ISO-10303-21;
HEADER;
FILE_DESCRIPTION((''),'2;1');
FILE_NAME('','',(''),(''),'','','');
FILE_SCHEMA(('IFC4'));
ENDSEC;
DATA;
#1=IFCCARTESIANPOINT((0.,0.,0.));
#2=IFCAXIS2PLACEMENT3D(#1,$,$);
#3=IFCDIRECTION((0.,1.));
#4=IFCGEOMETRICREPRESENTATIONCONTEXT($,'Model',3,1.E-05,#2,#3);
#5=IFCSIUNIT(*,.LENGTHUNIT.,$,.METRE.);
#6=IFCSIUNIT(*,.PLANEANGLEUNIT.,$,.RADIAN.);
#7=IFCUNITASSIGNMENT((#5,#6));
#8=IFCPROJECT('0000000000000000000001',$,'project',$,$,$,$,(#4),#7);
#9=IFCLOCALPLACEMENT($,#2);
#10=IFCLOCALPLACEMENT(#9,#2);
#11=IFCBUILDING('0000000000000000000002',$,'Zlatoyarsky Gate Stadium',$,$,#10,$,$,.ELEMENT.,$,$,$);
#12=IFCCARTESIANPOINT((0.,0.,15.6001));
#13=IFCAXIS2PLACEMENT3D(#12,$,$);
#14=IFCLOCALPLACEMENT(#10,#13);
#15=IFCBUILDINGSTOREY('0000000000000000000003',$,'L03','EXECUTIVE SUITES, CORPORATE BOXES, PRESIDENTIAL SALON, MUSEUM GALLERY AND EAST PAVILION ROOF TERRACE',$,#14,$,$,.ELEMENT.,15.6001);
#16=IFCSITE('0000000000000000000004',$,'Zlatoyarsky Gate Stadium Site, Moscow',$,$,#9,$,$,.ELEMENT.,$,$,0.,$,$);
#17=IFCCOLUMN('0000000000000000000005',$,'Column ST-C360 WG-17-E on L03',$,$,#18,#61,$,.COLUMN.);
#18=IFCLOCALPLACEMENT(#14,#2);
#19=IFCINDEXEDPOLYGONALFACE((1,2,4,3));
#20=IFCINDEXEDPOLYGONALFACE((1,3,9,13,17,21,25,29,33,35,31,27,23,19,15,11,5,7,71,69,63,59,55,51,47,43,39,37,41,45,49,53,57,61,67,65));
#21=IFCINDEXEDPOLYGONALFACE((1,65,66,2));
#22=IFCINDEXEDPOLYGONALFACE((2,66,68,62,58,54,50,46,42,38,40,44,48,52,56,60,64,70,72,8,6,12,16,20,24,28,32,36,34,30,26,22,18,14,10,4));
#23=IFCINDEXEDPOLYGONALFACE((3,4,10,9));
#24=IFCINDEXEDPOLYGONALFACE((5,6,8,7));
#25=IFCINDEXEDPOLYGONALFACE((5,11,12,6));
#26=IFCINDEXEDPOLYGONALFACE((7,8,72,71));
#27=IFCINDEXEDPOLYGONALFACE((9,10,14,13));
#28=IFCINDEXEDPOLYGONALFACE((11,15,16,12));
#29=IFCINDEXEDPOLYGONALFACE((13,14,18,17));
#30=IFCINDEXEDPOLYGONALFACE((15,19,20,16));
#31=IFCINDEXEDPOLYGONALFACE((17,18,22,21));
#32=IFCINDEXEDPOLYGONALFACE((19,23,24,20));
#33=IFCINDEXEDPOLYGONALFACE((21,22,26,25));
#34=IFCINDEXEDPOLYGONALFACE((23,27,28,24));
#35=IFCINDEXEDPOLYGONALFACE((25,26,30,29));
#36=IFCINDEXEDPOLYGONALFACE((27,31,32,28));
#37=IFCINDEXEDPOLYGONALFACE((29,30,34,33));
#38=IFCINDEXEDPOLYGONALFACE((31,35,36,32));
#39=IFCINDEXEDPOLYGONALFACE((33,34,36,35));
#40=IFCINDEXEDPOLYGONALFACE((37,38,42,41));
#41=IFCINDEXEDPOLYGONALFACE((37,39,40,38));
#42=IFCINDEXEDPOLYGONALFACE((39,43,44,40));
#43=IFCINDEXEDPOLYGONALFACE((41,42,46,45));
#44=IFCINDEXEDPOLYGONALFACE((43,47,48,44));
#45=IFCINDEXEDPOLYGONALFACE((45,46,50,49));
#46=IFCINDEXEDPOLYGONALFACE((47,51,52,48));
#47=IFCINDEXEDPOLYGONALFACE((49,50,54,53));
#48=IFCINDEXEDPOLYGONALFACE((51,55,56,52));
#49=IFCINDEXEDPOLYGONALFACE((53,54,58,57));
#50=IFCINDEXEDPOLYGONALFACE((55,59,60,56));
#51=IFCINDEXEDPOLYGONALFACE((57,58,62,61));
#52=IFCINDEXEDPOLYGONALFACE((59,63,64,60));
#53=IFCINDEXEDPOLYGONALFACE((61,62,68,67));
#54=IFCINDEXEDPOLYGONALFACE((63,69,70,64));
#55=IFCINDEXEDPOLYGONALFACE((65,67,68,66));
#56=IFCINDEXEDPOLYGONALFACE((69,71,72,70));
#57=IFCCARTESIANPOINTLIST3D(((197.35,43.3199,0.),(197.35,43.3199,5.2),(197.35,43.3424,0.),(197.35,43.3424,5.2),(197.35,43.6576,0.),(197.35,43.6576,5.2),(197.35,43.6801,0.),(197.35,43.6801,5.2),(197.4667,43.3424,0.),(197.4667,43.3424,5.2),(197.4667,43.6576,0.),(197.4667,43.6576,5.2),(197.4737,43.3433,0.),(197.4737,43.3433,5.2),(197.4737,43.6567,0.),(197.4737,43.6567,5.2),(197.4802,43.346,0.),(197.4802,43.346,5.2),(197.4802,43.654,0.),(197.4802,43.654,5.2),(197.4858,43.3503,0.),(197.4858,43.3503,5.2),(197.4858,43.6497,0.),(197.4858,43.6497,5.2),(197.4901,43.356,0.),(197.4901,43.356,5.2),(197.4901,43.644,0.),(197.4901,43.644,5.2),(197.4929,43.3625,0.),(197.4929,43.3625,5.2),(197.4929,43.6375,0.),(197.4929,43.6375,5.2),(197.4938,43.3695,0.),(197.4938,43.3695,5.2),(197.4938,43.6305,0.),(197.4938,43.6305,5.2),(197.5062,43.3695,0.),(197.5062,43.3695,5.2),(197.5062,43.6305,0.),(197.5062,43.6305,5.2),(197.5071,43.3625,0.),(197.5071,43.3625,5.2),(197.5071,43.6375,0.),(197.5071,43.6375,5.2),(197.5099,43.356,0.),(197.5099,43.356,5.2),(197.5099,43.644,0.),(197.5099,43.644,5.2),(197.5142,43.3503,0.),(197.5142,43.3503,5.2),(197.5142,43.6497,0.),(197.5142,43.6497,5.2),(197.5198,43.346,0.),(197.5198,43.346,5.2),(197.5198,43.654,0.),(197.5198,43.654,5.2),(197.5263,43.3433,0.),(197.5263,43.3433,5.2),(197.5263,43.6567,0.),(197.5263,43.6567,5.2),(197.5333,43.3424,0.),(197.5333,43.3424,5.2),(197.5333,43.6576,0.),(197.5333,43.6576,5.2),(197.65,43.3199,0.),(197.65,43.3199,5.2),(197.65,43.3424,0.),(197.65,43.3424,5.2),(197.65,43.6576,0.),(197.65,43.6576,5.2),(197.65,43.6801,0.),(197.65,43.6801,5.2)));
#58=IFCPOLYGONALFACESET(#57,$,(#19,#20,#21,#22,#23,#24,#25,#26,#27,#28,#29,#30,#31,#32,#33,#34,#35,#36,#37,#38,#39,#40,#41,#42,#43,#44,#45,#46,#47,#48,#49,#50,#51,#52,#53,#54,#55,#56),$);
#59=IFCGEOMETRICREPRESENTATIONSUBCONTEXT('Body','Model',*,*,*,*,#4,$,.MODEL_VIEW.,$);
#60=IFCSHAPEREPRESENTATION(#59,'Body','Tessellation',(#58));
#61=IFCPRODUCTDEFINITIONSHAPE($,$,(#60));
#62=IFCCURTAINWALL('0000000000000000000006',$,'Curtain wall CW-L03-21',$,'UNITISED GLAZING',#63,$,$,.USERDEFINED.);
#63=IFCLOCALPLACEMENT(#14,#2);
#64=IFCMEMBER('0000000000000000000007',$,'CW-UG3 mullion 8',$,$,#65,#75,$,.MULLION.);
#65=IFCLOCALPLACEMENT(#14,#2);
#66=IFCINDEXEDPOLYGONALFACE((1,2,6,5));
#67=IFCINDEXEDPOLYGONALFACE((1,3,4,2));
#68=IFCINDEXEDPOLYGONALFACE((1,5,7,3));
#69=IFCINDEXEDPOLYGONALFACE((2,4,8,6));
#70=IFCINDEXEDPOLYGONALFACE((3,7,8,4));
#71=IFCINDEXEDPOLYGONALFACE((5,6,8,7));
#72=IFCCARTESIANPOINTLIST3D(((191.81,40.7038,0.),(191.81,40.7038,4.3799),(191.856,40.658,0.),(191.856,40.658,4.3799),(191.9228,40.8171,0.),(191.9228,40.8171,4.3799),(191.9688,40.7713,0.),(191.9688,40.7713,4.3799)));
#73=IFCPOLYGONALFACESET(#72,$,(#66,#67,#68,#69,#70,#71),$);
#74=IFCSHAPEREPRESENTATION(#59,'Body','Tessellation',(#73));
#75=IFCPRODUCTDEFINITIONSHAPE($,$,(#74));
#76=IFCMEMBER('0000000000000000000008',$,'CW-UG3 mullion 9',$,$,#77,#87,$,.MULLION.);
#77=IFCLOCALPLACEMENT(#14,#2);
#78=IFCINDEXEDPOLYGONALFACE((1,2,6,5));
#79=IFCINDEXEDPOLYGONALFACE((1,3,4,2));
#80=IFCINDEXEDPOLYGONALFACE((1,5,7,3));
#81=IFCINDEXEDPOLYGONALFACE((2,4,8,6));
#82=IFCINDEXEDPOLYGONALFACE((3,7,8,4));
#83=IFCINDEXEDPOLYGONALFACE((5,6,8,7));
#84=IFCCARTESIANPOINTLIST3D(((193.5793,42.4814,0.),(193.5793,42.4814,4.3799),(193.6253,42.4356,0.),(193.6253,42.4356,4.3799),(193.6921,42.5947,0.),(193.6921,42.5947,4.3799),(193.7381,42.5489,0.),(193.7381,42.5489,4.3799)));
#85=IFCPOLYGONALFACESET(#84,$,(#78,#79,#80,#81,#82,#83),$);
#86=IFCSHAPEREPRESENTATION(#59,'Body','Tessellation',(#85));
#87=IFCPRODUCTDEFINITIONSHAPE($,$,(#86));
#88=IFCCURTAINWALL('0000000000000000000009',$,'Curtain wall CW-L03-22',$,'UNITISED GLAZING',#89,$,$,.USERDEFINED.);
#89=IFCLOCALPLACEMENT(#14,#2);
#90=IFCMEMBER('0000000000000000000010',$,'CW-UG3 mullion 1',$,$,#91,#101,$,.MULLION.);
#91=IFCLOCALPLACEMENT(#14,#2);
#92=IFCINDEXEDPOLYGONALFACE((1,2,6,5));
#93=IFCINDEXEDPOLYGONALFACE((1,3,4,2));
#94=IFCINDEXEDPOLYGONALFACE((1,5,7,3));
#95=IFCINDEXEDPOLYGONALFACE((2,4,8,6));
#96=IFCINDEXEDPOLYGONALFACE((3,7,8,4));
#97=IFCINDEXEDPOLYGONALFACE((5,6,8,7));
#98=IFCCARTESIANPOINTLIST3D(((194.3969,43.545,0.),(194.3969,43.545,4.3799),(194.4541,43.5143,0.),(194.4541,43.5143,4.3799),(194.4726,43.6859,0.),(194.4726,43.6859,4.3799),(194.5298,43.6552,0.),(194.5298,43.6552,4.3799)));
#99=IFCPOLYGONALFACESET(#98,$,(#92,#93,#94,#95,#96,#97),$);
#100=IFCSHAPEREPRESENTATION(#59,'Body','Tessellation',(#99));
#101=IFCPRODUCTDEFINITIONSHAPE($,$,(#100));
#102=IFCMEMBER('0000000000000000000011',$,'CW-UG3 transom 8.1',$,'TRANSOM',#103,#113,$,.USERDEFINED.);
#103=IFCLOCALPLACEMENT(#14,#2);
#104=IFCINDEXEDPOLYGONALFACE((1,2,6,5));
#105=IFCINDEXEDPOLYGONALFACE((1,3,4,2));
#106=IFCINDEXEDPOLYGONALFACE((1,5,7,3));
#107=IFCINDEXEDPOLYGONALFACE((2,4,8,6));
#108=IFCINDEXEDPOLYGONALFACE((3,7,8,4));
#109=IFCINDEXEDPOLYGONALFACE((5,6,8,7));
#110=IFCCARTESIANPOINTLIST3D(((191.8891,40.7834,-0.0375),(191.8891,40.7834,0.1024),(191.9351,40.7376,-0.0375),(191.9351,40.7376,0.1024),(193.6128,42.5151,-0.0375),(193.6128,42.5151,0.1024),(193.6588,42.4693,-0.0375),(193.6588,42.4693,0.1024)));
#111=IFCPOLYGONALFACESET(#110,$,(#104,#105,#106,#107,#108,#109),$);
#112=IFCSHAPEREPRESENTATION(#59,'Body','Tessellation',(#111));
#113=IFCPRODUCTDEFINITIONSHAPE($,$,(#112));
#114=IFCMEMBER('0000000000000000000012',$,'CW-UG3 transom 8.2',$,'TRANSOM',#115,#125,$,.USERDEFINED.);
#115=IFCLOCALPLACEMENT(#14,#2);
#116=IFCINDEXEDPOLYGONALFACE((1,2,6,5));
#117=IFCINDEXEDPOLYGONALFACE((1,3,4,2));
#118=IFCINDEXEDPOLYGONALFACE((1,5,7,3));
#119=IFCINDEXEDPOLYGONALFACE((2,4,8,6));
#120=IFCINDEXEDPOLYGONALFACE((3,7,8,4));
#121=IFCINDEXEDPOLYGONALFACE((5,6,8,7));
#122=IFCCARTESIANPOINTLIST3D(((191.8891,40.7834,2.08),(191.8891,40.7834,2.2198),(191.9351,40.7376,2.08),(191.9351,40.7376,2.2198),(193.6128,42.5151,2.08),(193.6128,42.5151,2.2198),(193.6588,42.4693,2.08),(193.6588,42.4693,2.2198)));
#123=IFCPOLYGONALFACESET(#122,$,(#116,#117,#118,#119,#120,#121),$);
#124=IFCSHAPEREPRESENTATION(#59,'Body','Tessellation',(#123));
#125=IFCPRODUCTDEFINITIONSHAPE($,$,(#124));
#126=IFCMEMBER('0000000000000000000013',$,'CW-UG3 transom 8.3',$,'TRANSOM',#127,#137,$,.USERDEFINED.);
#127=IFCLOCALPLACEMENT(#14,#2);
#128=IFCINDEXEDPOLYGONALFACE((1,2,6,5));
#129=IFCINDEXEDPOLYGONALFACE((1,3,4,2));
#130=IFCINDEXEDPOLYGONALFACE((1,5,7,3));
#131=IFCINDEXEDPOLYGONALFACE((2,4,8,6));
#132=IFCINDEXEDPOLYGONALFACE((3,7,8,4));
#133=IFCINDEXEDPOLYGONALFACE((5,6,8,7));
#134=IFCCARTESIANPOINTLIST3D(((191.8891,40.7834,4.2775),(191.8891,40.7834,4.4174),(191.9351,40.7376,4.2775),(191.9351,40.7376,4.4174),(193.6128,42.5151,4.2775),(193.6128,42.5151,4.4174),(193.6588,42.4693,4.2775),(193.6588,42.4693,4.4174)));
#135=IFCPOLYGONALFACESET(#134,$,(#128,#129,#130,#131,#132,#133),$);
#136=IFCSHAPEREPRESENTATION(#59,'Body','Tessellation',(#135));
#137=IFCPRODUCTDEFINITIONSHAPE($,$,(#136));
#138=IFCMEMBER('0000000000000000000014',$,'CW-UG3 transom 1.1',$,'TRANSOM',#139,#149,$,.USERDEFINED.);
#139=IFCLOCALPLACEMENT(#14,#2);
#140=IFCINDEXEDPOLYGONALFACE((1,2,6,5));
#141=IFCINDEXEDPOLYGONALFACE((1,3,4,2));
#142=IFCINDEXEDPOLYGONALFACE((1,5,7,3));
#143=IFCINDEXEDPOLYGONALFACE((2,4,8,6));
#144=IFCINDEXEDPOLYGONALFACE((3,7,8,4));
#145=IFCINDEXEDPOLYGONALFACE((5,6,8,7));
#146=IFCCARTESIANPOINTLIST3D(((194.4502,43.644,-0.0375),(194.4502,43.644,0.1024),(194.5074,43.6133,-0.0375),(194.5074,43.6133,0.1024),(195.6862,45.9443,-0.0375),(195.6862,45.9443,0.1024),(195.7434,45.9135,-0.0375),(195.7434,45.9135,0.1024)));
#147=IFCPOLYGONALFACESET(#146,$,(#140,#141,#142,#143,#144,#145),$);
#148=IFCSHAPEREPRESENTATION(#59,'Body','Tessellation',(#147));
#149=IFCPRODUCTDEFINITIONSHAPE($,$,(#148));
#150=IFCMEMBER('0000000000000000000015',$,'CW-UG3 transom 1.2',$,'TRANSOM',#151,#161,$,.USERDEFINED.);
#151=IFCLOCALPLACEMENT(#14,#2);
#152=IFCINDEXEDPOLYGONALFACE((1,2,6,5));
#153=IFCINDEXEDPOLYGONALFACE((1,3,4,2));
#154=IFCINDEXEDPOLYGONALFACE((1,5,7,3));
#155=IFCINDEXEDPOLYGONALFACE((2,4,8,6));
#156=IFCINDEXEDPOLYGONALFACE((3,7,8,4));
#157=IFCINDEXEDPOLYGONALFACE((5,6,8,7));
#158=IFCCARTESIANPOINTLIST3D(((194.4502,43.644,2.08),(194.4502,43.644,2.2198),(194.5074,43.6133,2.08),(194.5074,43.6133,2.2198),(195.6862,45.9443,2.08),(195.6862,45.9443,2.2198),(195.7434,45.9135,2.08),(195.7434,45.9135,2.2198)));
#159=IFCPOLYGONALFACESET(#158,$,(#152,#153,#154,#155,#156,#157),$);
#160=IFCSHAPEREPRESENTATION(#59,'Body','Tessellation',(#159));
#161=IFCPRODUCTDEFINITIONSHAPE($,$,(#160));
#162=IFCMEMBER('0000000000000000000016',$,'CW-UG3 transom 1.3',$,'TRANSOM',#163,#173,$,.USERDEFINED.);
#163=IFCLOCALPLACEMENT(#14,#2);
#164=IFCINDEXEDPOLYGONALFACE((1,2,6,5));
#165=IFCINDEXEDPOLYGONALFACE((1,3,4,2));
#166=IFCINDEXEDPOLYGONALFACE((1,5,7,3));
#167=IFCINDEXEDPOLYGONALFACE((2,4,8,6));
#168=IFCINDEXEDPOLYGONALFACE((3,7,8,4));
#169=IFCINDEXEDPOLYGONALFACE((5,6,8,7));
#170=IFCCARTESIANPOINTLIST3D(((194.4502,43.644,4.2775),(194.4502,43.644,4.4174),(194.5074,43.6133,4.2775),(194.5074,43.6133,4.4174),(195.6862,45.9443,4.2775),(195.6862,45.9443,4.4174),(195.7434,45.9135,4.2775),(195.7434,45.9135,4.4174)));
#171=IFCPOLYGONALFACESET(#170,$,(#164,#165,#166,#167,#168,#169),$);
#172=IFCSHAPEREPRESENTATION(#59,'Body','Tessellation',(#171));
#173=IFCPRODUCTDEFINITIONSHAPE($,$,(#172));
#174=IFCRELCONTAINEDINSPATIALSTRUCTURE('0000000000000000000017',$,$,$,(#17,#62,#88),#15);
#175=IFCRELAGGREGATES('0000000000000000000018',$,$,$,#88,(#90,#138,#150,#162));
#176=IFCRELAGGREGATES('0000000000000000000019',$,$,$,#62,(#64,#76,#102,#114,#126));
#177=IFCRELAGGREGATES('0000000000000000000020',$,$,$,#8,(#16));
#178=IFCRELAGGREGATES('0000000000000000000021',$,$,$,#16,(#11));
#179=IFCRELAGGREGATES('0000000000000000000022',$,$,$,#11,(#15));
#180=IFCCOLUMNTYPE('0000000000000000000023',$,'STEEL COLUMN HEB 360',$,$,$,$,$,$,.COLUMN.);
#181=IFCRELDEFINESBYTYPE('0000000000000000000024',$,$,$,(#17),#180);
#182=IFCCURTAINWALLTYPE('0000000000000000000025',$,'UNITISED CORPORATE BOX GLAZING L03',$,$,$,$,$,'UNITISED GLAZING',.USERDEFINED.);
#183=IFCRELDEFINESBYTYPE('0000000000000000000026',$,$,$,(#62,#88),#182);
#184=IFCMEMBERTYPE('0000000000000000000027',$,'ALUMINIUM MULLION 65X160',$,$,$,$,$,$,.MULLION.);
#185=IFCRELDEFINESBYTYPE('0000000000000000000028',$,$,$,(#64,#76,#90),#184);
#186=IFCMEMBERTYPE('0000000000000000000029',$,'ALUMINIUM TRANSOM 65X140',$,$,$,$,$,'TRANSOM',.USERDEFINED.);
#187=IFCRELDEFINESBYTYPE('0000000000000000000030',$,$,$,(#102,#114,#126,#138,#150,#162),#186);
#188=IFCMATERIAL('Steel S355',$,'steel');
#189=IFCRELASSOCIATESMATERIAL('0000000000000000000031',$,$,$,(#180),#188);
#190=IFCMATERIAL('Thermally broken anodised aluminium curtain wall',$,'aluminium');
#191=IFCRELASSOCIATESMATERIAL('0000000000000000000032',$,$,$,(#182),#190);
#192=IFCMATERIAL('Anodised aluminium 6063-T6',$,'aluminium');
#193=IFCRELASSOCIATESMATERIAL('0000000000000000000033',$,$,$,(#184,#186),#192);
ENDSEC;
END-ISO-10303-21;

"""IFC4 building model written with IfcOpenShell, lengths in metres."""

from ifc_helpers import new_model, si_unit, direction, frame, origin, origin_2d, place, context, subcontext, project, spatial, rectangle, i_section, extrude, material, material_profile, profile_set, type_object, element, aggregate, save


model = new_model("IFC4")

# Units and contexts
model_context = context("Model", 3, precision=1e-05, world=origin(), true_north=direction((0.0, 1.0)))
body_context = subcontext(model_context, "Body", "Model", "MODEL_VIEW")
ifc_project = project(units=[si_unit("LENGTHUNIT", "METRE"), si_unit("PLANEANGLEUNIT", "RADIAN")], contexts=[model_context])

# Site, building, storey
site_placement = place(None, origin())
site = spatial("IfcSite", under=ifc_project, at=site_placement, Name="Zlatoyarsky Gate Stadium Site, Moscow", CompositionType="ELEMENT", RefElevation=0.0)
building_placement = place(site_placement, origin())
building = spatial("IfcBuilding", under=site, at=building_placement, Name="Zlatoyarsky Gate Stadium", CompositionType="ELEMENT")
storey_placement = place(building_placement, frame((0.0, 0.0, 15.6001)))
storey = spatial("IfcBuildingStorey", under=building, at=storey_placement, Name="L03", Description="EXECUTIVE SUITES, CORPORATE BOXES, PRESIDENTIAL SALON, MUSEUM GALLERY AND EAST PAVILION ROOF TERRACE", CompositionType="ELEMENT", Elevation=15.6001)

# Column
ifc_material_1 = material(Name="Steel S355", Category="steel")
ifc_material_profile_1 = material_profile(ifc_material_1, i_section(OverallWidth=0.3, OverallDepth=0.3601, WebThickness=0.0125, FlangeThickness=0.0225, FilletRadius=0.0271, at=origin_2d()), Name="HEB 360")
ifc_profile_set_1 = profile_set([ifc_material_profile_1], Name="Steel S355")
column_type = type_object("IfcColumnType", Name="STEEL COLUMN HEB 360", PredefinedType="COLUMN", material=ifc_profile_set_1)
column_placement = place(storey_placement, frame((197.5, 43.5, 0.0), z_axis=(0.0, 0.0, 1.0), x_axis=(1.0, 0.0, 0.0)))
element("IfcColumn", 1, at=column_placement, inside=storey, type_object=column_type, Name="Column ST-C360 WG-17-E on L03", PredefinedType="COLUMN", context=body_context, shape_type="SweptSolid", body=[
    extrude(i_section(OverallWidth=0.3, OverallDepth=0.3601, WebThickness=0.0125, FlangeThickness=0.0225, FilletRadius=0.0271, at=origin_2d()), origin(), (0.0, 0.0, 1.0), 5.2),
])

# Curtain wall, members
ifc_material_2 = material(Name="Thermally broken anodised aluminium curtain wall", Category="aluminium")
curtain_wall_type = type_object("IfcCurtainWallType", Name="UNITISED CORPORATE BOX GLAZING L03", ElementType="UNITISED GLAZING", PredefinedType="USERDEFINED", material=ifc_material_2)
curtain_wall_1_placement = place(storey_placement, origin())
curtain_wall_1 = element("IfcCurtainWall", 2, at=curtain_wall_1_placement, inside=storey, type_object=curtain_wall_type, Name="Curtain wall CW-L03-21", ObjectType="UNITISED GLAZING", PredefinedType="USERDEFINED")
ifc_material_3 = material(Name="Anodised aluminium 6063-T6", Category="aluminium")
ifc_material_profile_2 = material_profile(ifc_material_3, rectangle(XDim=0.0649, YDim=0.1599, at=origin_2d()), Name="ALU 65X160")
ifc_profile_set_2 = profile_set([ifc_material_profile_2], Name="Anodised aluminium 6063-T6")
member_type_1 = type_object("IfcMemberType", Name="ALUMINIUM MULLION 65X160", PredefinedType="MULLION", material=ifc_profile_set_2)
member_1_placement = place(storey_placement, frame((191.8894, 40.7375, 0.0), z_axis=(0.0, 0.0, 1.0), x_axis=(-0.708721, 0.705489, 0.0)))
member_1 = element("IfcMember", 3, at=member_1_placement, type_object=member_type_1, Name="CW-UG3 mullion 8", PredefinedType="MULLION", context=body_context, shape_type="SweptSolid", body=[
    extrude(rectangle(XDim=0.0649, YDim=0.1599, at=origin_2d()), origin(), (0.0, 0.0, 1.0), 4.3799),
])
member_2_placement = place(storey_placement, frame((193.6587, 42.5151, 0.0), z_axis=(0.0, 0.0, 1.0), x_axis=(-0.708721, 0.705489, 0.0)))
member_2 = element("IfcMember", 4, at=member_2_placement, type_object=member_type_1, Name="CW-UG3 mullion 9", PredefinedType="MULLION", context=body_context, shape_type="SweptSolid", body=[
    extrude(rectangle(XDim=0.0649, YDim=0.1599, at=origin_2d()), origin(), (0.0, 0.0, 1.0), 4.3799),
])

# Curtain wall, member
curtain_wall_2_placement = place(storey_placement, origin())
curtain_wall_2 = element("IfcCurtainWall", 5, at=curtain_wall_2_placement, inside=storey, type_object=curtain_wall_type, Name="Curtain wall CW-L03-22", ObjectType="UNITISED GLAZING", PredefinedType="USERDEFINED")
member_3_placement = place(storey_placement, frame((194.4634, 43.6001, 0.0), z_axis=(0.0, 0.0, 1.0), x_axis=(-0.880877, 0.473345, 0.0)))
member_3 = element("IfcMember", 6, at=member_3_placement, type_object=member_type_1, Name="CW-UG3 mullion 1", PredefinedType="MULLION", context=body_context, shape_type="SweptSolid", body=[
    extrude(rectangle(XDim=0.0649, YDim=0.1599, at=origin_2d()), origin(), (0.0, 0.0, 1.0), 4.3799),
])

# Members
ifc_material_profile_3 = material_profile(ifc_material_3, rectangle(XDim=0.0649, YDim=0.1399, at=origin_2d()), Name="ALU 65X140")
ifc_profile_set_3 = profile_set([ifc_material_profile_3], Name="Anodised aluminium 6063-T6")
member_type_2 = type_object("IfcMemberType", Name="ALUMINIUM TRANSOM 65X140", ElementType="TRANSOM", PredefinedType="USERDEFINED", material=ifc_profile_set_3)
member_4_placement = place(storey_placement, frame((191.9121, 40.7605, 0.0325), z_axis=(0.705456, 0.708754, 0.0), x_axis=(-0.708754, 0.705456, 0.0)))
member_4 = element("IfcMember", 7, at=member_4_placement, type_object=member_type_2, Name="CW-UG3 transom 8.1", ObjectType="TRANSOM", PredefinedType="USERDEFINED", context=body_context, shape_type="SweptSolid", body=[
    extrude(rectangle(XDim=0.0649, YDim=0.1399, at=origin_2d()), origin(), (0.0, 0.0, 1.0), 2.4434),
])
member_5_placement = place(storey_placement, frame((191.9121, 40.7605, 2.1499), z_axis=(0.705456, 0.708754, 0.0), x_axis=(-0.708754, 0.705456, 0.0)))
member_5 = element("IfcMember", 8, at=member_5_placement, type_object=member_type_2, Name="CW-UG3 transom 8.2", ObjectType="TRANSOM", PredefinedType="USERDEFINED", context=body_context, shape_type="SweptSolid", body=[
    extrude(rectangle(XDim=0.0649, YDim=0.1399, at=origin_2d()), origin(), (0.0, 0.0, 1.0), 2.4434),
])
member_6_placement = place(storey_placement, frame((191.9121, 40.7605, 4.3474), z_axis=(0.705456, 0.708754, 0.0), x_axis=(-0.708754, 0.705456, 0.0)))
member_6 = element("IfcMember", 9, at=member_6_placement, type_object=member_type_2, Name="CW-UG3 transom 8.3", ObjectType="TRANSOM", PredefinedType="USERDEFINED", context=body_context, shape_type="SweptSolid", body=[
    extrude(rectangle(XDim=0.0649, YDim=0.1399, at=origin_2d()), origin(), (0.0, 0.0, 1.0), 2.4434),
])
member_7_placement = place(storey_placement, frame((194.4788, 43.6287, 0.0325), z_axis=(0.473347, 0.880876, 0.0), x_axis=(-0.880876, 0.473347, 0.0)))
member_7 = element("IfcMember", 10, at=member_7_placement, type_object=member_type_2, Name="CW-UG3 transom 1.1", ObjectType="TRANSOM", PredefinedType="USERDEFINED", context=body_context, shape_type="SweptSolid", body=[
    extrude(rectangle(XDim=0.0649, YDim=0.1399, at=origin_2d()), origin(), (0.0, 0.0, 1.0), 2.6113),
])
member_8_placement = place(storey_placement, frame((194.4788, 43.6287, 2.1499), z_axis=(0.473347, 0.880876, 0.0), x_axis=(-0.880876, 0.473347, 0.0)))
member_8 = element("IfcMember", 11, at=member_8_placement, type_object=member_type_2, Name="CW-UG3 transom 1.2", ObjectType="TRANSOM", PredefinedType="USERDEFINED", context=body_context, shape_type="SweptSolid", body=[
    extrude(rectangle(XDim=0.0649, YDim=0.1399, at=origin_2d()), origin(), (0.0, 0.0, 1.0), 2.6113),
])
member_9_placement = place(storey_placement, frame((194.4788, 43.6287, 4.3474), z_axis=(0.473347, 0.880876, 0.0), x_axis=(-0.880876, 0.473347, 0.0)))
member_9 = element("IfcMember", 12, at=member_9_placement, type_object=member_type_2, Name="CW-UG3 transom 1.3", ObjectType="TRANSOM", PredefinedType="USERDEFINED", context=body_context, shape_type="SweptSolid", body=[
    extrude(rectangle(XDim=0.0649, YDim=0.1399, at=origin_2d()), origin(), (0.0, 0.0, 1.0), 2.6113),
])
aggregate(curtain_wall_2, [member_3, member_7, member_8, member_9])

aggregate(curtain_wall_1, [member_1, member_2, member_4, member_5, member_6])

save(model, "model.ifc")
